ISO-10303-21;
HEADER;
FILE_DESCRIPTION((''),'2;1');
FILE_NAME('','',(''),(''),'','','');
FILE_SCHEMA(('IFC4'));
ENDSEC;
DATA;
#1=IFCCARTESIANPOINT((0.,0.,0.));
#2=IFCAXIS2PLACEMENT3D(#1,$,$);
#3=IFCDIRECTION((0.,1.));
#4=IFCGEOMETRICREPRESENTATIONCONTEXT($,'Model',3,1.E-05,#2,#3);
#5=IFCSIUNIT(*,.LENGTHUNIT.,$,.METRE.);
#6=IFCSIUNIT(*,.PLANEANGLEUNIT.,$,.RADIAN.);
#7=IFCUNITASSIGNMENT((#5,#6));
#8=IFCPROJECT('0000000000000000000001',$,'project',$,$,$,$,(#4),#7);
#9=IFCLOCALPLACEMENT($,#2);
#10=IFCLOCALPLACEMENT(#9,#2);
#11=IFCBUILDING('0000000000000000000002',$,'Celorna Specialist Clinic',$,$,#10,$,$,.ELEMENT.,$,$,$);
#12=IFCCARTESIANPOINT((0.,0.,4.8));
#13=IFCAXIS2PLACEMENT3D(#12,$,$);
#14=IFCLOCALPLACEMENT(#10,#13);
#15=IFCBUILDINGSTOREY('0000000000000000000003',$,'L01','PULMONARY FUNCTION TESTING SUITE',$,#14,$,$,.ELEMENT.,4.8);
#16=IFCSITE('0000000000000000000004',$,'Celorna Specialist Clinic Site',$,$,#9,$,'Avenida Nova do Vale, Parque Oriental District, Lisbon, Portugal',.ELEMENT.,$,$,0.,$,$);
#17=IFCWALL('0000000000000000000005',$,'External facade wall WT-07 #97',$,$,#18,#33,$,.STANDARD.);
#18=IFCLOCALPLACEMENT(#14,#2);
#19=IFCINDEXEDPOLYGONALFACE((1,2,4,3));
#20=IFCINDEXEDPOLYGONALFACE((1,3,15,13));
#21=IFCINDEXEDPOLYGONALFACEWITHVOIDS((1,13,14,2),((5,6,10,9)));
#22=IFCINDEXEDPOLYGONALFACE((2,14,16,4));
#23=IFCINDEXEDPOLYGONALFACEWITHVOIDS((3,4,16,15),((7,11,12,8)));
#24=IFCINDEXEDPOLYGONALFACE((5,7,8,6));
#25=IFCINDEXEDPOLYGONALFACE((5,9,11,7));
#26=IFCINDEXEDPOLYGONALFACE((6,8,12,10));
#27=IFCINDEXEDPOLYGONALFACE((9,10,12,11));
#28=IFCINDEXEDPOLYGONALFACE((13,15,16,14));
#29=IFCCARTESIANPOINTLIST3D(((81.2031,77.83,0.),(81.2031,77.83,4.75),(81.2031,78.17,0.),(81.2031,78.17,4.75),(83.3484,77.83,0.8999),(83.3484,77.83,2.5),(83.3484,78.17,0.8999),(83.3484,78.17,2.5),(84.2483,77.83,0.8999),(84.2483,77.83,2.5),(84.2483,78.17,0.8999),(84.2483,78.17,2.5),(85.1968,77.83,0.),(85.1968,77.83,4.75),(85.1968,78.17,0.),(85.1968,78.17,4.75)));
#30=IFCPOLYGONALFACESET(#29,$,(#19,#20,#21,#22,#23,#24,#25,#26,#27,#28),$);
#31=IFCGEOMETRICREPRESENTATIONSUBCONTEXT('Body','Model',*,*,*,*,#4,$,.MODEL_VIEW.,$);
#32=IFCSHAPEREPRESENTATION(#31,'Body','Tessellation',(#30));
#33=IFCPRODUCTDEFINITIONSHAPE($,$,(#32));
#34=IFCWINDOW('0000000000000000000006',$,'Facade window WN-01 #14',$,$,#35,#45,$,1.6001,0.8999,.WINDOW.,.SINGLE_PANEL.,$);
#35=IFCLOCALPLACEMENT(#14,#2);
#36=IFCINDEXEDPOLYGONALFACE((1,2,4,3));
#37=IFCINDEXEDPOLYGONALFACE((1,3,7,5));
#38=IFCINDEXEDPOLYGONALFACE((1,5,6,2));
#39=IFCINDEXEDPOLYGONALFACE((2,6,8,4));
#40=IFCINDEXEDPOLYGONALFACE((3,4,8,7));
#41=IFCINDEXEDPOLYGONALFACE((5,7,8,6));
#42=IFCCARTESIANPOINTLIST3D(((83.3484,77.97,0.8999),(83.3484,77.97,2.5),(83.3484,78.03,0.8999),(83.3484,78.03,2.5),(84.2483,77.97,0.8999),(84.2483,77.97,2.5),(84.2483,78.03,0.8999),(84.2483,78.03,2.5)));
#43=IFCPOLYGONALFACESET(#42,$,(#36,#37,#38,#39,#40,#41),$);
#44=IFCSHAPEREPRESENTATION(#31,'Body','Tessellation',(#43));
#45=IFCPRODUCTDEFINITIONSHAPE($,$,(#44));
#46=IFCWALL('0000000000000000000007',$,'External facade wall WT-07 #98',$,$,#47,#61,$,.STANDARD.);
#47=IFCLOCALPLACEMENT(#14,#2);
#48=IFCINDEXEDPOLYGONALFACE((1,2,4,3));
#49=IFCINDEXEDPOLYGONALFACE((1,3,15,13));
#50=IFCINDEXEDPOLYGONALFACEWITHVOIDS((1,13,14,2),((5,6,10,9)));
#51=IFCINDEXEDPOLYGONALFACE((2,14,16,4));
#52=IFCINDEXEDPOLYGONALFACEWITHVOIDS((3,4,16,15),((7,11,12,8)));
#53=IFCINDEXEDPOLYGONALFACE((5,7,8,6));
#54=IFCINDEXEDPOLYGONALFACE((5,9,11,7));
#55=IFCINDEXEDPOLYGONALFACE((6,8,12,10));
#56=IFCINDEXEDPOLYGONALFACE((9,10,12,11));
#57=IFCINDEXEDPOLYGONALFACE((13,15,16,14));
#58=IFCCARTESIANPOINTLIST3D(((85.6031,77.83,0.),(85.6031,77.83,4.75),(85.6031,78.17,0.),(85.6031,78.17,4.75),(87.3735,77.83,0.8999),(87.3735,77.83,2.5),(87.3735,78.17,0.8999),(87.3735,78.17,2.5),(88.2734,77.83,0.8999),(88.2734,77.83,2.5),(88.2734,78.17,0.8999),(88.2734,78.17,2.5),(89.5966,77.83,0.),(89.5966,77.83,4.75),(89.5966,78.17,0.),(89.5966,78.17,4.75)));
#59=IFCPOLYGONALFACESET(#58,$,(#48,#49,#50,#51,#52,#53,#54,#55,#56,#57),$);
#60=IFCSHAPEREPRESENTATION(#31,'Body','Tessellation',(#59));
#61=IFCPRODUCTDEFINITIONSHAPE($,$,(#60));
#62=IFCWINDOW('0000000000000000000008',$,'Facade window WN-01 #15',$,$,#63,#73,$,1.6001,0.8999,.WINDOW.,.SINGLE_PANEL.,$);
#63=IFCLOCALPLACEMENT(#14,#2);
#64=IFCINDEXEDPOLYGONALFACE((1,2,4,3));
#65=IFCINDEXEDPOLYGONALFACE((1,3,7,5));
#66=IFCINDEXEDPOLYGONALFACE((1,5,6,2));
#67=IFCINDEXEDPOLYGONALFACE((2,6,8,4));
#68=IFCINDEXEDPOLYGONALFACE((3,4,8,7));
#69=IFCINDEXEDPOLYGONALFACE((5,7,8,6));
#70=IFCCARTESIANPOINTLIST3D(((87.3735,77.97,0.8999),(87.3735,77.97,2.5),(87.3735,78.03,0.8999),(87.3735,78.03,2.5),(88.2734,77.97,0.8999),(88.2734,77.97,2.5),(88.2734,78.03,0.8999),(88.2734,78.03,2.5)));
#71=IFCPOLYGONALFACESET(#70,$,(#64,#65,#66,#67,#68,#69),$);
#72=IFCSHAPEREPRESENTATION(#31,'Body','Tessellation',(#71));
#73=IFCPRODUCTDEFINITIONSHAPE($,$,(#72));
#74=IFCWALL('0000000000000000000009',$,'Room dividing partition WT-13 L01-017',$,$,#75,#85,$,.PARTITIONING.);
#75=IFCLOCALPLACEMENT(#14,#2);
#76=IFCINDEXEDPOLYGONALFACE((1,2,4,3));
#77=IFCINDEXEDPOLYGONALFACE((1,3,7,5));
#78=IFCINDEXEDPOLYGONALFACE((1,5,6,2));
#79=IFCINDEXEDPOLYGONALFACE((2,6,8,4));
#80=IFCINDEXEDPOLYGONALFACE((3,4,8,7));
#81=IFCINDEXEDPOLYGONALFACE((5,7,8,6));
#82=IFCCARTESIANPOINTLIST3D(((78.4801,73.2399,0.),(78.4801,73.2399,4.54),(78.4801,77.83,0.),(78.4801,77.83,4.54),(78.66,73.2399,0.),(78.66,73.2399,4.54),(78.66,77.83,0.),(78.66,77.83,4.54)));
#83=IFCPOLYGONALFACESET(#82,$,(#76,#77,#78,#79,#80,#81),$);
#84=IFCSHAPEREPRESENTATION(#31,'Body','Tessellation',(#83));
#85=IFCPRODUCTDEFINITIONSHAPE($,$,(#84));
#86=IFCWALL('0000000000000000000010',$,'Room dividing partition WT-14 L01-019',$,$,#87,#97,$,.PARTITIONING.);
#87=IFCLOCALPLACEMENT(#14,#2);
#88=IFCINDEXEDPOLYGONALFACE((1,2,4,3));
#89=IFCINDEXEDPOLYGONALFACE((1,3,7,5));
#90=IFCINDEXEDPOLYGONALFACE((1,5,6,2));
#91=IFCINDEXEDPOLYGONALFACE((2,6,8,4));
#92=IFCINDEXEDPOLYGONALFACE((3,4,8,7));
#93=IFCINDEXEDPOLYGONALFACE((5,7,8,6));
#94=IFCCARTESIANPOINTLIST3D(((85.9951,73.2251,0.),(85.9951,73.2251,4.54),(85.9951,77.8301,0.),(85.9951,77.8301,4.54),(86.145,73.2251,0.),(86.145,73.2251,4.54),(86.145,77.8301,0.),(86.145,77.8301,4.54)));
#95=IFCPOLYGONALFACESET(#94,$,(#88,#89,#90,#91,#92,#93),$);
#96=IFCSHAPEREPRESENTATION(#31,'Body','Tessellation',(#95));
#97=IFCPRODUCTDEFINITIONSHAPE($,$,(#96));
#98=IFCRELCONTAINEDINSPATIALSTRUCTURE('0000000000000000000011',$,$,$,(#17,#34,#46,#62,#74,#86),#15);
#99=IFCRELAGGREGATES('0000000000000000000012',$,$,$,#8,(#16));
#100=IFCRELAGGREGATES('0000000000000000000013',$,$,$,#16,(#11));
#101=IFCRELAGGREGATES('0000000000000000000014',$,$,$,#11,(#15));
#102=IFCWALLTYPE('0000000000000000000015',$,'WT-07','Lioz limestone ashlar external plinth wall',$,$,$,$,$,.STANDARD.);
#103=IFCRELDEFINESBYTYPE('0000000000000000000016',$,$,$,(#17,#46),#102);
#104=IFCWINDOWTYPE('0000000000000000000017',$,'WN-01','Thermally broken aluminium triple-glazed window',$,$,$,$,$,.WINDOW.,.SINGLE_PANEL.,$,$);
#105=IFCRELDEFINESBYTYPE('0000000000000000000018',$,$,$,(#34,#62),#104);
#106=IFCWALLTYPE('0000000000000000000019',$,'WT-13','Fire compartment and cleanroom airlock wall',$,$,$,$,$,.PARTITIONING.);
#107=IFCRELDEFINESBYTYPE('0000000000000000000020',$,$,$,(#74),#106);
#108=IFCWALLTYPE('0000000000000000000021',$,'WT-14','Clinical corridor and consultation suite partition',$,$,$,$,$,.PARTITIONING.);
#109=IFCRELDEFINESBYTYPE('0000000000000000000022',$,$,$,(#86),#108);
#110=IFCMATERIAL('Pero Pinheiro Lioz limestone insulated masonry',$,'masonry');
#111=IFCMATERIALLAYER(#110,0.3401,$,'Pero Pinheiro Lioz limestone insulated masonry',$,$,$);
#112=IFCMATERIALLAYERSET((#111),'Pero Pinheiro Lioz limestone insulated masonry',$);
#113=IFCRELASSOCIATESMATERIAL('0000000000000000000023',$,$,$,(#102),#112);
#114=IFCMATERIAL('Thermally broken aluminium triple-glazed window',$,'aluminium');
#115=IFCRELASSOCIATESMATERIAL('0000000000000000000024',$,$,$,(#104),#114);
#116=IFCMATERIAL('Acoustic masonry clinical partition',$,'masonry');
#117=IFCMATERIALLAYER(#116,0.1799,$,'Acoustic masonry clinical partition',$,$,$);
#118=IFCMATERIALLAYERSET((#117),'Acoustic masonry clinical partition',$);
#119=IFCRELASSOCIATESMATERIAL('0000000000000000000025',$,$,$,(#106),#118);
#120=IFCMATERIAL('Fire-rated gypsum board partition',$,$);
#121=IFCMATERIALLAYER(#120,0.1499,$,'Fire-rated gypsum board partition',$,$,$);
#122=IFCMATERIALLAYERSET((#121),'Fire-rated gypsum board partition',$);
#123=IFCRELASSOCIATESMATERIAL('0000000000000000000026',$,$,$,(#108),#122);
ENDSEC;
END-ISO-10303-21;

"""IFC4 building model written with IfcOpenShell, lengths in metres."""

from ifc_helpers import new_model, si_unit, direction, frame, frame_2d, origin, place, context, subcontext, project, spatial, rectangle, extrude, material, layer, layer_set, type_object, element, fill, save


model = new_model("IFC4")

# Units and contexts
model_context = context("Model", 3, precision=1e-05, world=origin(), true_north=direction((0.0, 1.0)))
body_context = subcontext(model_context, "Body", "Model", "MODEL_VIEW")
ifc_project = project(units=[si_unit("LENGTHUNIT", "METRE"), si_unit("PLANEANGLEUNIT", "RADIAN")], contexts=[model_context])

# Site, building, storey
site_placement = place(None, origin())
site = spatial("IfcSite", under=ifc_project, at=site_placement, Name="Celorna Specialist Clinic Site", LongName="Avenida Nova do Vale, Parque Oriental District, Lisbon, Portugal", CompositionType="ELEMENT", RefElevation=0.0)
building_placement = place(site_placement, origin())
building = spatial("IfcBuilding", under=site, at=building_placement, Name="Celorna Specialist Clinic", CompositionType="ELEMENT")
storey_placement = place(building_placement, frame((0.0, 0.0, 4.8)))
storey = spatial("IfcBuildingStorey", under=building, at=storey_placement, Name="L01", Description="PULMONARY FUNCTION TESTING SUITE", CompositionType="ELEMENT", Elevation=4.8)

# Walls, openings, windows
ifc_material_1 = material(Name="Pero Pinheiro Lioz limestone insulated masonry", Category="masonry")
ifc_layer_1 = layer(ifc_material_1, 0.3401, Name="Pero Pinheiro Lioz limestone insulated masonry")
ifc_layer_set_1 = layer_set([ifc_layer_1], Name="Pero Pinheiro Lioz limestone insulated masonry")
wall_type_1 = type_object("IfcWallType", Name="WT-07", Description="Lioz limestone ashlar external plinth wall", PredefinedType="STANDARD", material=ifc_layer_set_1)
ifc_material_2 = material(Name="Thermally broken aluminium triple-glazed window", Category="aluminium")
window_type = type_object("IfcWindowType", Name="WN-01", Description="Thermally broken aluminium triple-glazed window", PartitioningType="SINGLE_PANEL", PredefinedType="WINDOW", material=ifc_material_2)
wall_1_placement = place(storey_placement, frame((81.2031, 78.0, 0.0), z_axis=(0.0, 0.0, 1.0), x_axis=(1.0, 0.0, 0.0)))
wall_1 = element("IfcWall", 1, at=wall_1_placement, inside=storey, type_object=wall_type_1, Name="External facade wall WT-07 #97", PredefinedType="STANDARD", context=body_context, shape_type="SweptSolid", body=[
    extrude(rectangle(XDim=3.9937, YDim=0.3401, at=frame_2d((1.9968, 0.0))), origin(), (0.0, 0.0, 1.0), 4.75),
])
opening_1_placement = place(wall_1_placement, frame((2.1453, 0.0, 0.8999)))
opening_1 = element("IfcOpeningElement", 2, at=opening_1_placement, cuts=wall_1, PredefinedType="OPENING", context=body_context, shape_type="SweptSolid", body=[
    extrude(rectangle(XDim=0.8999, YDim=1.6001, at=frame_2d((0.45, 0.8))), frame((0.0, 0.1799, 0.0), z_axis=(0.0, -1.0, 0.0), x_axis=(1.0, 0.0, 0.0)), (0.0, 0.0, 1.0), 0.3601),
])
window_1_placement = place(opening_1_placement, origin())
window_1 = element("IfcWindow", 3, at=window_1_placement, inside=storey, type_object=window_type, Name="Facade window WN-01 #14", OverallHeight=1.6001, OverallWidth=0.8999, PartitioningType="SINGLE_PANEL", PredefinedType="WINDOW", context=body_context, shape_type="SweptSolid", body=[
    extrude(rectangle(XDim=0.8999, YDim=1.6001, at=frame_2d((0.45, 0.8))), frame((0.0, 0.03, 0.0), z_axis=(0.0, -1.0, 0.0), x_axis=(1.0, 0.0, 0.0)), (0.0, 0.0, 1.0), 0.0601),
])
fill(opening_1, window_1)
wall_2_placement = place(storey_placement, frame((85.6033, 78.0, 0.0), z_axis=(0.0, 0.0, 1.0), x_axis=(1.0, 0.0, 0.0)))
wall_2 = element("IfcWall", 4, at=wall_2_placement, inside=storey, type_object=wall_type_1, Name="External facade wall WT-07 #98", PredefinedType="STANDARD", context=body_context, shape_type="SweptSolid", body=[
    extrude(rectangle(XDim=3.9934, YDim=0.3401, at=frame_2d((1.9966, 0.0))), origin(), (0.0, 0.0, 1.0), 4.75),
])
opening_2_placement = place(wall_2_placement, frame((1.7703, 0.0, 0.8999)))
opening_2 = element("IfcOpeningElement", 5, at=opening_2_placement, cuts=wall_2, PredefinedType="OPENING", context=body_context, shape_type="SweptSolid", body=[
    extrude(rectangle(XDim=0.8999, YDim=1.6001, at=frame_2d((0.45, 0.8))), frame((0.0, 0.1799, 0.0), z_axis=(0.0, -1.0, 0.0), x_axis=(1.0, 0.0, 0.0)), (0.0, 0.0, 1.0), 0.3601),
])
window_2_placement = place(opening_2_placement, origin())
window_2 = element("IfcWindow", 6, at=window_2_placement, inside=storey, type_object=window_type, Name="Facade window WN-01 #15", OverallHeight=1.6001, OverallWidth=0.8999, PartitioningType="SINGLE_PANEL", PredefinedType="WINDOW", context=body_context, shape_type="SweptSolid", body=[
    extrude(rectangle(XDim=0.8999, YDim=1.6001, at=frame_2d((0.45, 0.8))), frame((0.0, 0.03, 0.0), z_axis=(0.0, -1.0, 0.0), x_axis=(1.0, 0.0, 0.0)), (0.0, 0.0, 1.0), 0.0601),
])
fill(opening_2, window_2)

# Walls
ifc_material_3 = material(Name="Acoustic masonry clinical partition", Category="masonry")
ifc_layer_2 = layer(ifc_material_3, 0.1799, Name="Acoustic masonry clinical partition")
ifc_layer_set_2 = layer_set([ifc_layer_2], Name="Acoustic masonry clinical partition")
wall_type_2 = type_object("IfcWallType", Name="WT-13", Description="Fire compartment and cleanroom airlock wall", PredefinedType="PARTITIONING", material=ifc_layer_set_2)
wall_3_placement = place(storey_placement, frame((78.5701, 73.24, 0.0), z_axis=(0.0, 0.0, 1.0), x_axis=(0.0, 1.0, 0.0)))
element("IfcWall", 7, at=wall_3_placement, inside=storey, type_object=wall_type_2, Name="Room dividing partition WT-13 L01-017", PredefinedType="PARTITIONING", context=body_context, shape_type="SweptSolid", body=[
    extrude(rectangle(XDim=4.5901, YDim=0.1799, at=frame_2d((2.2949, 0.0))), origin(), (0.0, 0.0, 1.0), 4.54),
])
ifc_material_4 = material(Name="Fire-rated gypsum board partition")
ifc_layer_3 = layer(ifc_material_4, 0.1499, Name="Fire-rated gypsum board partition")
ifc_layer_set_3 = layer_set([ifc_layer_3], Name="Fire-rated gypsum board partition")
wall_type_3 = type_object("IfcWallType", Name="WT-14", Description="Clinical corridor and consultation suite partition", PredefinedType="PARTITIONING", material=ifc_layer_set_3)
wall_4_placement = place(storey_placement, frame((86.0701, 73.2251, 0.0), z_axis=(0.0, 0.0, 1.0), x_axis=(0.0, 1.0, 0.0)))
element("IfcWall", 8, at=wall_4_placement, inside=storey, type_object=wall_type_3, Name="Room dividing partition WT-14 L01-019", PredefinedType="PARTITIONING", context=body_context, shape_type="SweptSolid", body=[
    extrude(rectangle(XDim=4.605, YDim=0.1499, at=frame_2d((2.3025, 0.0))), origin(), (0.0, 0.0, 1.0), 4.54),
])

save(model, "model.ifc")
